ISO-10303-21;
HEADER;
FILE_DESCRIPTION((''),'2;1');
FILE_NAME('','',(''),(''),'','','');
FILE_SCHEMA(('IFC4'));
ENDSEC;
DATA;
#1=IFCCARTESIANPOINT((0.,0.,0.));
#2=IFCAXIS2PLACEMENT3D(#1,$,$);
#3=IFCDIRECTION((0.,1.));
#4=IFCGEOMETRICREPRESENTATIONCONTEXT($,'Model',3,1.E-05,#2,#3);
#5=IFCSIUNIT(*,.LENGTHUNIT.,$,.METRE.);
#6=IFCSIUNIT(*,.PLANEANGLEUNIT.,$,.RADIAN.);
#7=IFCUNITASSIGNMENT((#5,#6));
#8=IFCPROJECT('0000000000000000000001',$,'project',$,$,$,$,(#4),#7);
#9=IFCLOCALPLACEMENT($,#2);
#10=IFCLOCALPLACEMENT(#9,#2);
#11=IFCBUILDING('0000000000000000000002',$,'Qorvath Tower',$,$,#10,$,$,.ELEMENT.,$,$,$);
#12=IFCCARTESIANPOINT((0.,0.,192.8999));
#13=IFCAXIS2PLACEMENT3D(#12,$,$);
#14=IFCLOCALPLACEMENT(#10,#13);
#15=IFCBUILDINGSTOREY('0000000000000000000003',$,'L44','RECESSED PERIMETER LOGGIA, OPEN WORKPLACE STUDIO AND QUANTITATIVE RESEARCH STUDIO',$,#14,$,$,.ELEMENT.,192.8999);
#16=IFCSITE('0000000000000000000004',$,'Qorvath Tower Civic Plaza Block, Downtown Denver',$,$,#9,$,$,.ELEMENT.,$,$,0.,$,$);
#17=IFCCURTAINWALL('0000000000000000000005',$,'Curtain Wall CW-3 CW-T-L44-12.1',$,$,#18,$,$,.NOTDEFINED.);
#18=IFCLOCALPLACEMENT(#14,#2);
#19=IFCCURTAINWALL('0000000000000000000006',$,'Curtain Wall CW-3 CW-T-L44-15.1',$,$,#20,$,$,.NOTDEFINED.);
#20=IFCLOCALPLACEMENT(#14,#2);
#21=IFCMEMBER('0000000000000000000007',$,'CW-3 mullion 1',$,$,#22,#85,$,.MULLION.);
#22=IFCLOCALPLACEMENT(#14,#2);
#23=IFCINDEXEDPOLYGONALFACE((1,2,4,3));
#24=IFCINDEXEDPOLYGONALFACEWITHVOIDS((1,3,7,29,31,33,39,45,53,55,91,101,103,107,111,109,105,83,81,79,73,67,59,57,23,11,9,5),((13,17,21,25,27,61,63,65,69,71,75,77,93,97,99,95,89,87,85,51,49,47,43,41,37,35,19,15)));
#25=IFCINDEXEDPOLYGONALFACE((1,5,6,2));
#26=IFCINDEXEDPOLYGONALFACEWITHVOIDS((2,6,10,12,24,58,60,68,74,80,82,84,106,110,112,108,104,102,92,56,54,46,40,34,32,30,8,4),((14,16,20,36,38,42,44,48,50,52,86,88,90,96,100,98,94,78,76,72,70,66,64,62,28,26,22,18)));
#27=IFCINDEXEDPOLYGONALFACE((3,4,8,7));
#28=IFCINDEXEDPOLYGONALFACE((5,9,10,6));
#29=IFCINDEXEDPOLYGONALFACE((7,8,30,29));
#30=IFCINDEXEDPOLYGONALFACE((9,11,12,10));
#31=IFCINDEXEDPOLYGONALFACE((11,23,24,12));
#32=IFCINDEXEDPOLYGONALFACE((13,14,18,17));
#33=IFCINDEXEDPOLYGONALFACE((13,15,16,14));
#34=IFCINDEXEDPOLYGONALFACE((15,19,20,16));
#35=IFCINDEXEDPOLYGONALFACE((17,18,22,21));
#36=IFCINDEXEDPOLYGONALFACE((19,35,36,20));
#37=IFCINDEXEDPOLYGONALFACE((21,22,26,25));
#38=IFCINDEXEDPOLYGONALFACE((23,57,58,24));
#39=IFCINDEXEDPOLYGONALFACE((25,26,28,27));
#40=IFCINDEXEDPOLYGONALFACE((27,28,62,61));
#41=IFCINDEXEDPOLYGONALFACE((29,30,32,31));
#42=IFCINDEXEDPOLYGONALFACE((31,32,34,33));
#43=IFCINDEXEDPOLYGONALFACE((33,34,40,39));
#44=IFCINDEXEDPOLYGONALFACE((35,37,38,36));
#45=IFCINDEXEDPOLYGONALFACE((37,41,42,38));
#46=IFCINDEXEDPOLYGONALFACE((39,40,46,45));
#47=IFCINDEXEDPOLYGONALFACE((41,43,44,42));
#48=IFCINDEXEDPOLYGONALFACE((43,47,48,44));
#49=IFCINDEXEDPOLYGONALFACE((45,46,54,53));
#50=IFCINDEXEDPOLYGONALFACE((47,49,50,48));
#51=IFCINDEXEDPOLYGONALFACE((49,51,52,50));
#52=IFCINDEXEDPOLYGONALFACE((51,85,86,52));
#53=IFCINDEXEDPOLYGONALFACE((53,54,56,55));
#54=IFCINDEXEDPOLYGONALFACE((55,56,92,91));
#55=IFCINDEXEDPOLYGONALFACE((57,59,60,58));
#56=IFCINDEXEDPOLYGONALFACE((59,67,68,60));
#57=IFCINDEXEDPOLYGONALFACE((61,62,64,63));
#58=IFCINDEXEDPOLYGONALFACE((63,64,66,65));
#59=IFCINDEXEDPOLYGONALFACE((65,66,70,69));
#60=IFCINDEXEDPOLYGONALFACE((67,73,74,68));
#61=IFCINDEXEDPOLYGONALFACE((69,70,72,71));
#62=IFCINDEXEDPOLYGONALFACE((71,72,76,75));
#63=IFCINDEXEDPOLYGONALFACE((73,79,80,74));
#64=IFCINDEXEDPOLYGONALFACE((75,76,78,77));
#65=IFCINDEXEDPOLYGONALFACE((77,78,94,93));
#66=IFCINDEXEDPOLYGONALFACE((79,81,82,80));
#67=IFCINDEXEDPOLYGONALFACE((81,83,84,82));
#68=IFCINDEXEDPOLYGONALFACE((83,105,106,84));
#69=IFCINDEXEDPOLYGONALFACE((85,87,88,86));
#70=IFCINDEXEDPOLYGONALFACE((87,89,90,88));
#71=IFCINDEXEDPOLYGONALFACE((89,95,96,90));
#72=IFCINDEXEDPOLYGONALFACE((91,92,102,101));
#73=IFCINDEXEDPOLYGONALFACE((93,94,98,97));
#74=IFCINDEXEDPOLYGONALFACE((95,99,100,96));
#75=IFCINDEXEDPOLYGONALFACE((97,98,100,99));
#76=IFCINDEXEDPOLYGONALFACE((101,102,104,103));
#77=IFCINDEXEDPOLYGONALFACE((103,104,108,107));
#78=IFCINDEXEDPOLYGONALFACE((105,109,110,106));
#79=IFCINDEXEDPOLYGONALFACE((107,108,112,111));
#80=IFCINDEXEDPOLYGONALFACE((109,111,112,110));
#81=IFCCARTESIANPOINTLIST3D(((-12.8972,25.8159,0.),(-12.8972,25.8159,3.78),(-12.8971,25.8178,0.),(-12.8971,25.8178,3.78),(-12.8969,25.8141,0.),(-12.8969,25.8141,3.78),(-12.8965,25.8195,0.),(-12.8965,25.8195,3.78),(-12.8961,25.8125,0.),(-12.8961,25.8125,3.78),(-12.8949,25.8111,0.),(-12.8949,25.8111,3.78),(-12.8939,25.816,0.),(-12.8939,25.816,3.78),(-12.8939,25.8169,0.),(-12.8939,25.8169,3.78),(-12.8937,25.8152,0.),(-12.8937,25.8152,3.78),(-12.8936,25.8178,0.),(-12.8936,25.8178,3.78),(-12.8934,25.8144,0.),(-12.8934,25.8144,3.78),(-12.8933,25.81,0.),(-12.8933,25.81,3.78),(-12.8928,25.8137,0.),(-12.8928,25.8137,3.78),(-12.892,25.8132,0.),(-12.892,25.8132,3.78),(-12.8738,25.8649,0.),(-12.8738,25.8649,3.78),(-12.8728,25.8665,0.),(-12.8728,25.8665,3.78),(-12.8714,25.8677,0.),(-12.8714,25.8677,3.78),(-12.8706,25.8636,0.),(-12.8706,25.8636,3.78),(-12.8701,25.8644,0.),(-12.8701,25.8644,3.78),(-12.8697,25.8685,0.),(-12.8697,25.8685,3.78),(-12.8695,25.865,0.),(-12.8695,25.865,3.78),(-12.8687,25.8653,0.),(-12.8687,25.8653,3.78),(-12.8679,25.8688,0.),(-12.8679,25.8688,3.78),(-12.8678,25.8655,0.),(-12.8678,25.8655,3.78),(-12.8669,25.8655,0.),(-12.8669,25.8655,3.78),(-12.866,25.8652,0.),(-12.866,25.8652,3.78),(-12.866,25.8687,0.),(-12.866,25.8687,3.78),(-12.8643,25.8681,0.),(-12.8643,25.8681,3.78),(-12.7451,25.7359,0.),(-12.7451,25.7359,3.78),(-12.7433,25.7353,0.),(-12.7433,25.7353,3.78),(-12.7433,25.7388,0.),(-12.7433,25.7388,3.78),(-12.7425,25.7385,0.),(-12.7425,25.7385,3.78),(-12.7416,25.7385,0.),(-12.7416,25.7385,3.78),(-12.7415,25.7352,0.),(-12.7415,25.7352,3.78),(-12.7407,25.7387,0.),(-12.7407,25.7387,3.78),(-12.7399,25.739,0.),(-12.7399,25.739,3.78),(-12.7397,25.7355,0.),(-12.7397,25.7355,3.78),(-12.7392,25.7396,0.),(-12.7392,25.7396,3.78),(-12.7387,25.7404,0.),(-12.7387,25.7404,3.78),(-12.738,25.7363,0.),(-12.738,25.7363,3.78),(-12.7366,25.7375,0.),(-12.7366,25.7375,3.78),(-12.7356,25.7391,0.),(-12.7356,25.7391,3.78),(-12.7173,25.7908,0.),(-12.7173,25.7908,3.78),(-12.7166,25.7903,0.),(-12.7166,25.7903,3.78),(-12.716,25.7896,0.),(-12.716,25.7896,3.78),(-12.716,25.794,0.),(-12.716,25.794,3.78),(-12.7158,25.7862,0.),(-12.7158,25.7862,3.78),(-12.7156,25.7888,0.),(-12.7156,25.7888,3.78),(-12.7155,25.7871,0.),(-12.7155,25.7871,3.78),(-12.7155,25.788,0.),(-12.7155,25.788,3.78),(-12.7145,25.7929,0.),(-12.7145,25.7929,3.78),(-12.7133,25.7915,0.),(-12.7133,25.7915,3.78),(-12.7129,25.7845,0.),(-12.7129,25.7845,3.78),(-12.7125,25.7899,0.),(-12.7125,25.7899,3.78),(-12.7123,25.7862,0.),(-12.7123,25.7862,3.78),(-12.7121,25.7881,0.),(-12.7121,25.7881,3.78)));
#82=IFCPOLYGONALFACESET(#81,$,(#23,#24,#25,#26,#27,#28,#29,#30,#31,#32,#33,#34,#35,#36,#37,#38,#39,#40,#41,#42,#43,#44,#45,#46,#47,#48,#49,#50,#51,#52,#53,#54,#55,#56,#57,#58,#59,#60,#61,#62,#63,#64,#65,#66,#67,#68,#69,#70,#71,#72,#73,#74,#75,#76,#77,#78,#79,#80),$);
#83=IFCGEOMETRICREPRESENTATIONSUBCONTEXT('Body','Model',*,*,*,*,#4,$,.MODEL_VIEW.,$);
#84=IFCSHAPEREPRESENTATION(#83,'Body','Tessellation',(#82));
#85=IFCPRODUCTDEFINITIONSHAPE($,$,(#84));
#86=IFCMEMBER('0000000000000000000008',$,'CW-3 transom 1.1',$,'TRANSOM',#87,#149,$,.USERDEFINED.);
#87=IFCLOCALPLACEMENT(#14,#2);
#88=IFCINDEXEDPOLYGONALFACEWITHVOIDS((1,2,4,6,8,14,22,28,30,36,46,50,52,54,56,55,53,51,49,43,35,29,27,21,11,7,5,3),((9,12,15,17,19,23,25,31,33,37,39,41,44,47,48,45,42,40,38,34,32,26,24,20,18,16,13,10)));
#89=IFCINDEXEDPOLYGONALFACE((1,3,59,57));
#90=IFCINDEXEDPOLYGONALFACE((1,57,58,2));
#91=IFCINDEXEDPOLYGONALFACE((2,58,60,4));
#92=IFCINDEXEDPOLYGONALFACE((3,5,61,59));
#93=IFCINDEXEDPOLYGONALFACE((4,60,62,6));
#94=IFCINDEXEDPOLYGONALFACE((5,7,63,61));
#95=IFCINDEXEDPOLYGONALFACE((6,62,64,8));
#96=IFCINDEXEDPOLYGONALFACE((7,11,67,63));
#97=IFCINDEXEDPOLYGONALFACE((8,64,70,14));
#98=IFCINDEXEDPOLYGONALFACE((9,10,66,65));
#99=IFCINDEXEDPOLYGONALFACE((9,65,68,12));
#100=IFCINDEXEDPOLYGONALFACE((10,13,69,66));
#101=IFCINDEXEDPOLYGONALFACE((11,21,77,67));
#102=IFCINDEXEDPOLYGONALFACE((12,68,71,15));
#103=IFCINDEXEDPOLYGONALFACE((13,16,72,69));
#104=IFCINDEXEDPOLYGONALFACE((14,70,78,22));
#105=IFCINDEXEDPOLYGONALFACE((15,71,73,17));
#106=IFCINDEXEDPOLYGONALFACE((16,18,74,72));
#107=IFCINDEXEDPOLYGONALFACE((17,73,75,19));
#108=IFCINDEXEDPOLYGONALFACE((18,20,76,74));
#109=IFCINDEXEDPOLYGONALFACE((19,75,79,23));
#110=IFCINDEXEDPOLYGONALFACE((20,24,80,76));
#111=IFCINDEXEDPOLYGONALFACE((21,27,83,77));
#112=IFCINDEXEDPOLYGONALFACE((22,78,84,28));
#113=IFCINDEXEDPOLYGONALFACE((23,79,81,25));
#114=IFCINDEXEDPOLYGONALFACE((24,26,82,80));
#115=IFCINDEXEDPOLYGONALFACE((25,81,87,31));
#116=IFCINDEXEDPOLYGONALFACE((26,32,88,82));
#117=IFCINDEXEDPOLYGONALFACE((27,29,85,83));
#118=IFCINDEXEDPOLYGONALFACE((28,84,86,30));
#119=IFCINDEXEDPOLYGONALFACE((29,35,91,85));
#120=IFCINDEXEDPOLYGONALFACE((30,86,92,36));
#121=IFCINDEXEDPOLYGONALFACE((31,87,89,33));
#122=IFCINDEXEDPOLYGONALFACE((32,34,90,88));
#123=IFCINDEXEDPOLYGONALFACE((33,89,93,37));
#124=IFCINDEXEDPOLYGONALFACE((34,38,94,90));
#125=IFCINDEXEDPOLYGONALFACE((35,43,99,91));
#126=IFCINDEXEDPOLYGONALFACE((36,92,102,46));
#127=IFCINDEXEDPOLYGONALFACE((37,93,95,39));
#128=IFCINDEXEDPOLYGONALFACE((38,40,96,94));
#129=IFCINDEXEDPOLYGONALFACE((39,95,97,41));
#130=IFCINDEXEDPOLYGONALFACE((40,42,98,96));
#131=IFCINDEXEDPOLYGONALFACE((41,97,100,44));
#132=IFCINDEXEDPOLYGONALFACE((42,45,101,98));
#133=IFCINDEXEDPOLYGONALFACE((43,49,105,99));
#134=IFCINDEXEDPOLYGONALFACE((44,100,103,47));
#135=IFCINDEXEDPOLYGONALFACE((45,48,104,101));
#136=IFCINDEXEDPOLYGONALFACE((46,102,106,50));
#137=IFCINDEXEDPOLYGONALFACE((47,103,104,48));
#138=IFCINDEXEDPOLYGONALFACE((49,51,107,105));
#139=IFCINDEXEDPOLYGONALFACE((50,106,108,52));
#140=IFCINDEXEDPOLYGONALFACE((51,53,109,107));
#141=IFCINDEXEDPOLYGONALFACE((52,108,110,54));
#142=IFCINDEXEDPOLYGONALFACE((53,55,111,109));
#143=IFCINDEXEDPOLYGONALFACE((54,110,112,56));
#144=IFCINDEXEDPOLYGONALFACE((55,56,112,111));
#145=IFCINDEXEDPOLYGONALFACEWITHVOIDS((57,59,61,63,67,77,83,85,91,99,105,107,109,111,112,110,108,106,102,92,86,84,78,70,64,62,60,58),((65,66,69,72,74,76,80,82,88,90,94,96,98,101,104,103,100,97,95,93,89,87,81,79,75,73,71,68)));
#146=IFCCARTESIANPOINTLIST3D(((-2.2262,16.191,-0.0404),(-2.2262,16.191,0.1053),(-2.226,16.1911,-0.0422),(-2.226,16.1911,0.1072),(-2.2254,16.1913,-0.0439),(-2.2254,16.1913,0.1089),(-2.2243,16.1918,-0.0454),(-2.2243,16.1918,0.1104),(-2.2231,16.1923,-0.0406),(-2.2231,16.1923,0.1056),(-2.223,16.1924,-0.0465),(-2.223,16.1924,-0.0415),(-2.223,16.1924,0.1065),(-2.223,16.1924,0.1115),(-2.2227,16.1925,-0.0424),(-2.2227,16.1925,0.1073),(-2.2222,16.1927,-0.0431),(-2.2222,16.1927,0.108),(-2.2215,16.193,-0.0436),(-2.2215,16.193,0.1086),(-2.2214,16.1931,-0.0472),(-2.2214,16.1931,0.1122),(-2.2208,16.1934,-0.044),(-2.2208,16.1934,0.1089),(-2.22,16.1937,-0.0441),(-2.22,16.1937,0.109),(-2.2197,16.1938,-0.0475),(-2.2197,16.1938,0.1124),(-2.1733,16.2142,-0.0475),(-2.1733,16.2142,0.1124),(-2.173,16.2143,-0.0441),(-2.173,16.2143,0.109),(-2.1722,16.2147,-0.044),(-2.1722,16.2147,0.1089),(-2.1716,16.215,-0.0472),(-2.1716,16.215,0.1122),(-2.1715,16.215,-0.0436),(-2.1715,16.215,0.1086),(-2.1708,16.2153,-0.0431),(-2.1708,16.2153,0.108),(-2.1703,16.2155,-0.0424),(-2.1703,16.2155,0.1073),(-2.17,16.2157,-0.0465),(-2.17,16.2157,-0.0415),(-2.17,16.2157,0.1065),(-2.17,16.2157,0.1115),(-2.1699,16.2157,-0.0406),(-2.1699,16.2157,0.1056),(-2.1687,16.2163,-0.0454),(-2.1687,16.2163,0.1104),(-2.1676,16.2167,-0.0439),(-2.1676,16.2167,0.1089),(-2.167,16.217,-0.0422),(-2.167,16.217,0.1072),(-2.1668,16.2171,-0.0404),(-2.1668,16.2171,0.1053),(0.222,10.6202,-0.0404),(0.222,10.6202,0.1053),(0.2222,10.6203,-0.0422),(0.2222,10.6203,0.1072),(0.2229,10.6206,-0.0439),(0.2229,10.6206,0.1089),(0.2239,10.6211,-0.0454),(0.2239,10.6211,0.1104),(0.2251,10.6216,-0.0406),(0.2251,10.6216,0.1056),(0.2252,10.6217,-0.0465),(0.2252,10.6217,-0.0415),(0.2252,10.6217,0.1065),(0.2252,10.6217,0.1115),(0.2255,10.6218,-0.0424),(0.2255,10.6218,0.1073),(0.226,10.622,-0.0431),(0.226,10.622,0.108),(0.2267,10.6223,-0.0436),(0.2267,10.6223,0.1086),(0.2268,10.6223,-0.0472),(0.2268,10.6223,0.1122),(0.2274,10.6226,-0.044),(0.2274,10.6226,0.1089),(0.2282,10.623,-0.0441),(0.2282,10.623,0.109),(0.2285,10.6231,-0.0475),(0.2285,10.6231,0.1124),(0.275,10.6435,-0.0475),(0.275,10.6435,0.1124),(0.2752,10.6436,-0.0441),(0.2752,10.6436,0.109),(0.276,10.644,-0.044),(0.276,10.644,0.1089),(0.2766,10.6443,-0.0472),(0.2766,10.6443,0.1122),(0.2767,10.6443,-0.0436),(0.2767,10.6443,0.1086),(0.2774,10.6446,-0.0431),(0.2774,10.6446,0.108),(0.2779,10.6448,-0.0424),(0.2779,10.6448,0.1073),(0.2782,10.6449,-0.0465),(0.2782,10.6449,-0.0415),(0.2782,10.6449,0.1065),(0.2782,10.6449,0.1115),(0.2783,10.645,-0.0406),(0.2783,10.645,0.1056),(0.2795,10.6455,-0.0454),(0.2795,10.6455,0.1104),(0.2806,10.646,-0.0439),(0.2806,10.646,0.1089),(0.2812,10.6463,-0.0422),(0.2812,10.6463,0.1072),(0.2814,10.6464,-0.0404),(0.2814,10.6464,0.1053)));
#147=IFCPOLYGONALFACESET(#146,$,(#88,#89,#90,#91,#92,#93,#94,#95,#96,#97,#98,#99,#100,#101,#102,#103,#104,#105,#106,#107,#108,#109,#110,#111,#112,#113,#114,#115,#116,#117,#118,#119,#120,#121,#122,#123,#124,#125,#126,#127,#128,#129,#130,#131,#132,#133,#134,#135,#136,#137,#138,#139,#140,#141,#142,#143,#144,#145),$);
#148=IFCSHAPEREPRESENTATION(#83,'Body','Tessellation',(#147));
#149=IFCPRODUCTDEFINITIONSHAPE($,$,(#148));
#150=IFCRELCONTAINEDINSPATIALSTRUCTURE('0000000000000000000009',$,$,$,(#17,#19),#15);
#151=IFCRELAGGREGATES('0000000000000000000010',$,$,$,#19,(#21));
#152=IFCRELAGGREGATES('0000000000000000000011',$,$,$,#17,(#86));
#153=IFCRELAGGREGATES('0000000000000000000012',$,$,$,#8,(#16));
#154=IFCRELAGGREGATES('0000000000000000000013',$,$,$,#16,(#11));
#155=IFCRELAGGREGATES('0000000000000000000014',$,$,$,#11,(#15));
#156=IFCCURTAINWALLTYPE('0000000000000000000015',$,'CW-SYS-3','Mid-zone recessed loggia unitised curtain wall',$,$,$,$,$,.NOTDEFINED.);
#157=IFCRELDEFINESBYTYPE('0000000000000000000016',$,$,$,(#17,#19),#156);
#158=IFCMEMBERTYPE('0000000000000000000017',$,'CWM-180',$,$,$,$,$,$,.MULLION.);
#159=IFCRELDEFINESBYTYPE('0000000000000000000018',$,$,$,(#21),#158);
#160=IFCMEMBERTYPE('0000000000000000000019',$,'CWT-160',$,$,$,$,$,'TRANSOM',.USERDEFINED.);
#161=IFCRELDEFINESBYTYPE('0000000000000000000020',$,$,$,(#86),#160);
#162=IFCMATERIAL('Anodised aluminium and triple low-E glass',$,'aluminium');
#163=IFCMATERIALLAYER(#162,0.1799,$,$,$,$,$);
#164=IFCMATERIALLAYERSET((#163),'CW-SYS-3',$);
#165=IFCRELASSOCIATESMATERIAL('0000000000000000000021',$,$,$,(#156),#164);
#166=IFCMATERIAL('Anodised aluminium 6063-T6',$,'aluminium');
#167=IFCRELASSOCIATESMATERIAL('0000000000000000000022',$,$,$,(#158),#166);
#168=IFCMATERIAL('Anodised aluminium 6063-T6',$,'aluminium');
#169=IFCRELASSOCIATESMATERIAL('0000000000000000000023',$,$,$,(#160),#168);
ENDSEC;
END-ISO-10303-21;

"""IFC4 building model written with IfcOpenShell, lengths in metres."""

from ifc_helpers import new_model, si_unit, direction, frame, origin, origin_2d, place, context, subcontext, project, spatial, hollow_rectangle, extrude, material, layer, layer_set, material_profile, profile_set, type_object, element, aggregate, save


model = new_model("IFC4")

# Units and contexts
model_context = context("Model", 3, precision=1e-05, world=origin(), true_north=direction((0.0, 1.0)))
body_context = subcontext(model_context, "Body", "Model", "MODEL_VIEW")
ifc_project = project(units=[si_unit("LENGTHUNIT", "METRE"), si_unit("PLANEANGLEUNIT", "RADIAN")], contexts=[model_context])

# Site, building, storey
site_placement = place(None, origin())
site = spatial("IfcSite", under=ifc_project, at=site_placement, Name="Qorvath Tower Civic Plaza Block, Downtown Denver", CompositionType="ELEMENT", RefElevation=0.0)
building_placement = place(site_placement, origin())
building = spatial("IfcBuilding", under=site, at=building_placement, Name="Qorvath Tower", CompositionType="ELEMENT")
storey_placement = place(building_placement, frame((0.0, 0.0, 192.8999)))
storey = spatial("IfcBuildingStorey", under=building, at=storey_placement, Name="L44", Description="RECESSED PERIMETER LOGGIA, OPEN WORKPLACE STUDIO AND QUANTITATIVE RESEARCH STUDIO", CompositionType="ELEMENT", Elevation=192.8999)

# Shared definitions
ifc_material_1 = material(Name="Anodised aluminium and triple low-E glass", Category="aluminium")
ifc_layer_1 = layer(ifc_material_1, 0.1799)
ifc_layer_set_1 = layer_set([ifc_layer_1], Name="CW-SYS-3")
curtain_wall_type = type_object("IfcCurtainWallType", Name="CW-SYS-3", Description="Mid-zone recessed loggia unitised curtain wall", PredefinedType="NOTDEFINED", material=ifc_layer_set_1)
ifc_material_2 = material(Name="Anodised aluminium 6063-T6", Category="aluminium")
ifc_material_profile_1 = material_profile(ifc_material_2, hollow_rectangle(XDim=0.0649, YDim=0.1799, WallThickness=0.0034, InnerFilletRadius=0.0034, OuterFilletRadius=0.0071, at=origin_2d()), Name="CWM 180x65")
ifc_profile_set_1 = profile_set([ifc_material_profile_1], Name="Anodised aluminium 6063-T6")
member_type_1 = type_object("IfcMemberType", Name="CWM-180", PredefinedType="MULLION", material=ifc_profile_set_1)

# Curtain wall
curtain_wall_1_placement = place(storey_placement, origin())
curtain_wall_1 = element("IfcCurtainWall", 1, at=curtain_wall_1_placement, inside=storey, type_object=curtain_wall_type, Name="Curtain Wall CW-3 CW-T-L44-12.1", PredefinedType="NOTDEFINED")

# Curtain wall, member
curtain_wall_2_placement = place(storey_placement, origin())
curtain_wall_2 = element("IfcCurtainWall", 2, at=curtain_wall_2_placement, inside=storey, type_object=curtain_wall_type, Name="Curtain Wall CW-3 CW-T-L44-15.1", PredefinedType="NOTDEFINED")
member_1_placement = place(storey_placement, frame((-12.8047, 25.802, 0.0), z_axis=(0.0, 0.0, 1.0), x_axis=(-0.447205, -0.894432, 0.0)))
member_1 = element("IfcMember", 3, at=member_1_placement, type_object=member_type_1, Name="CW-3 mullion 1", PredefinedType="MULLION", context=body_context, shape_type="SweptSolid", body=[
    extrude(hollow_rectangle(XDim=0.0649, YDim=0.1799, WallThickness=0.0034, InnerFilletRadius=0.0034, OuterFilletRadius=0.0071, at=origin_2d()), origin(), (0.0, 0.0, 1.0), 3.78),
])
aggregate(curtain_wall_2, [member_1])

# Member
ifc_material_3 = material(Name="Anodised aluminium 6063-T6", Category="aluminium")
ifc_material_profile_2 = material_profile(ifc_material_3, hollow_rectangle(XDim=0.0649, YDim=0.1599, WallThickness=0.0034, InnerFilletRadius=0.0034, OuterFilletRadius=0.0071, at=origin_2d()), Name="CWT 160x65")
ifc_profile_set_2 = profile_set([ifc_material_profile_2], Name="Anodised aluminium 6063-T6")
member_type_2 = type_object("IfcMemberType", Name="CWT-160", ElementType="TRANSOM", PredefinedType="USERDEFINED", material=ifc_profile_set_2)
member_2_placement = place(storey_placement, frame((0.2517, 10.6333, 0.0325), z_axis=(-0.402338, 0.915491, 0.0), x_axis=(-0.915491, -0.402338, 0.0)))
member_2 = element("IfcMember", 4, at=member_2_placement, type_object=member_type_2, Name="CW-3 transom 1.1", ObjectType="TRANSOM", PredefinedType="USERDEFINED", context=body_context, shape_type="SweptSolid", body=[
    extrude(hollow_rectangle(XDim=0.0649, YDim=0.1599, WallThickness=0.0034, InnerFilletRadius=0.0034, OuterFilletRadius=0.0071, at=origin_2d()), origin(), (0.0, 0.0, 1.0), 6.085),
])

aggregate(curtain_wall_1, [member_2])

save(model, "model.ifc")
